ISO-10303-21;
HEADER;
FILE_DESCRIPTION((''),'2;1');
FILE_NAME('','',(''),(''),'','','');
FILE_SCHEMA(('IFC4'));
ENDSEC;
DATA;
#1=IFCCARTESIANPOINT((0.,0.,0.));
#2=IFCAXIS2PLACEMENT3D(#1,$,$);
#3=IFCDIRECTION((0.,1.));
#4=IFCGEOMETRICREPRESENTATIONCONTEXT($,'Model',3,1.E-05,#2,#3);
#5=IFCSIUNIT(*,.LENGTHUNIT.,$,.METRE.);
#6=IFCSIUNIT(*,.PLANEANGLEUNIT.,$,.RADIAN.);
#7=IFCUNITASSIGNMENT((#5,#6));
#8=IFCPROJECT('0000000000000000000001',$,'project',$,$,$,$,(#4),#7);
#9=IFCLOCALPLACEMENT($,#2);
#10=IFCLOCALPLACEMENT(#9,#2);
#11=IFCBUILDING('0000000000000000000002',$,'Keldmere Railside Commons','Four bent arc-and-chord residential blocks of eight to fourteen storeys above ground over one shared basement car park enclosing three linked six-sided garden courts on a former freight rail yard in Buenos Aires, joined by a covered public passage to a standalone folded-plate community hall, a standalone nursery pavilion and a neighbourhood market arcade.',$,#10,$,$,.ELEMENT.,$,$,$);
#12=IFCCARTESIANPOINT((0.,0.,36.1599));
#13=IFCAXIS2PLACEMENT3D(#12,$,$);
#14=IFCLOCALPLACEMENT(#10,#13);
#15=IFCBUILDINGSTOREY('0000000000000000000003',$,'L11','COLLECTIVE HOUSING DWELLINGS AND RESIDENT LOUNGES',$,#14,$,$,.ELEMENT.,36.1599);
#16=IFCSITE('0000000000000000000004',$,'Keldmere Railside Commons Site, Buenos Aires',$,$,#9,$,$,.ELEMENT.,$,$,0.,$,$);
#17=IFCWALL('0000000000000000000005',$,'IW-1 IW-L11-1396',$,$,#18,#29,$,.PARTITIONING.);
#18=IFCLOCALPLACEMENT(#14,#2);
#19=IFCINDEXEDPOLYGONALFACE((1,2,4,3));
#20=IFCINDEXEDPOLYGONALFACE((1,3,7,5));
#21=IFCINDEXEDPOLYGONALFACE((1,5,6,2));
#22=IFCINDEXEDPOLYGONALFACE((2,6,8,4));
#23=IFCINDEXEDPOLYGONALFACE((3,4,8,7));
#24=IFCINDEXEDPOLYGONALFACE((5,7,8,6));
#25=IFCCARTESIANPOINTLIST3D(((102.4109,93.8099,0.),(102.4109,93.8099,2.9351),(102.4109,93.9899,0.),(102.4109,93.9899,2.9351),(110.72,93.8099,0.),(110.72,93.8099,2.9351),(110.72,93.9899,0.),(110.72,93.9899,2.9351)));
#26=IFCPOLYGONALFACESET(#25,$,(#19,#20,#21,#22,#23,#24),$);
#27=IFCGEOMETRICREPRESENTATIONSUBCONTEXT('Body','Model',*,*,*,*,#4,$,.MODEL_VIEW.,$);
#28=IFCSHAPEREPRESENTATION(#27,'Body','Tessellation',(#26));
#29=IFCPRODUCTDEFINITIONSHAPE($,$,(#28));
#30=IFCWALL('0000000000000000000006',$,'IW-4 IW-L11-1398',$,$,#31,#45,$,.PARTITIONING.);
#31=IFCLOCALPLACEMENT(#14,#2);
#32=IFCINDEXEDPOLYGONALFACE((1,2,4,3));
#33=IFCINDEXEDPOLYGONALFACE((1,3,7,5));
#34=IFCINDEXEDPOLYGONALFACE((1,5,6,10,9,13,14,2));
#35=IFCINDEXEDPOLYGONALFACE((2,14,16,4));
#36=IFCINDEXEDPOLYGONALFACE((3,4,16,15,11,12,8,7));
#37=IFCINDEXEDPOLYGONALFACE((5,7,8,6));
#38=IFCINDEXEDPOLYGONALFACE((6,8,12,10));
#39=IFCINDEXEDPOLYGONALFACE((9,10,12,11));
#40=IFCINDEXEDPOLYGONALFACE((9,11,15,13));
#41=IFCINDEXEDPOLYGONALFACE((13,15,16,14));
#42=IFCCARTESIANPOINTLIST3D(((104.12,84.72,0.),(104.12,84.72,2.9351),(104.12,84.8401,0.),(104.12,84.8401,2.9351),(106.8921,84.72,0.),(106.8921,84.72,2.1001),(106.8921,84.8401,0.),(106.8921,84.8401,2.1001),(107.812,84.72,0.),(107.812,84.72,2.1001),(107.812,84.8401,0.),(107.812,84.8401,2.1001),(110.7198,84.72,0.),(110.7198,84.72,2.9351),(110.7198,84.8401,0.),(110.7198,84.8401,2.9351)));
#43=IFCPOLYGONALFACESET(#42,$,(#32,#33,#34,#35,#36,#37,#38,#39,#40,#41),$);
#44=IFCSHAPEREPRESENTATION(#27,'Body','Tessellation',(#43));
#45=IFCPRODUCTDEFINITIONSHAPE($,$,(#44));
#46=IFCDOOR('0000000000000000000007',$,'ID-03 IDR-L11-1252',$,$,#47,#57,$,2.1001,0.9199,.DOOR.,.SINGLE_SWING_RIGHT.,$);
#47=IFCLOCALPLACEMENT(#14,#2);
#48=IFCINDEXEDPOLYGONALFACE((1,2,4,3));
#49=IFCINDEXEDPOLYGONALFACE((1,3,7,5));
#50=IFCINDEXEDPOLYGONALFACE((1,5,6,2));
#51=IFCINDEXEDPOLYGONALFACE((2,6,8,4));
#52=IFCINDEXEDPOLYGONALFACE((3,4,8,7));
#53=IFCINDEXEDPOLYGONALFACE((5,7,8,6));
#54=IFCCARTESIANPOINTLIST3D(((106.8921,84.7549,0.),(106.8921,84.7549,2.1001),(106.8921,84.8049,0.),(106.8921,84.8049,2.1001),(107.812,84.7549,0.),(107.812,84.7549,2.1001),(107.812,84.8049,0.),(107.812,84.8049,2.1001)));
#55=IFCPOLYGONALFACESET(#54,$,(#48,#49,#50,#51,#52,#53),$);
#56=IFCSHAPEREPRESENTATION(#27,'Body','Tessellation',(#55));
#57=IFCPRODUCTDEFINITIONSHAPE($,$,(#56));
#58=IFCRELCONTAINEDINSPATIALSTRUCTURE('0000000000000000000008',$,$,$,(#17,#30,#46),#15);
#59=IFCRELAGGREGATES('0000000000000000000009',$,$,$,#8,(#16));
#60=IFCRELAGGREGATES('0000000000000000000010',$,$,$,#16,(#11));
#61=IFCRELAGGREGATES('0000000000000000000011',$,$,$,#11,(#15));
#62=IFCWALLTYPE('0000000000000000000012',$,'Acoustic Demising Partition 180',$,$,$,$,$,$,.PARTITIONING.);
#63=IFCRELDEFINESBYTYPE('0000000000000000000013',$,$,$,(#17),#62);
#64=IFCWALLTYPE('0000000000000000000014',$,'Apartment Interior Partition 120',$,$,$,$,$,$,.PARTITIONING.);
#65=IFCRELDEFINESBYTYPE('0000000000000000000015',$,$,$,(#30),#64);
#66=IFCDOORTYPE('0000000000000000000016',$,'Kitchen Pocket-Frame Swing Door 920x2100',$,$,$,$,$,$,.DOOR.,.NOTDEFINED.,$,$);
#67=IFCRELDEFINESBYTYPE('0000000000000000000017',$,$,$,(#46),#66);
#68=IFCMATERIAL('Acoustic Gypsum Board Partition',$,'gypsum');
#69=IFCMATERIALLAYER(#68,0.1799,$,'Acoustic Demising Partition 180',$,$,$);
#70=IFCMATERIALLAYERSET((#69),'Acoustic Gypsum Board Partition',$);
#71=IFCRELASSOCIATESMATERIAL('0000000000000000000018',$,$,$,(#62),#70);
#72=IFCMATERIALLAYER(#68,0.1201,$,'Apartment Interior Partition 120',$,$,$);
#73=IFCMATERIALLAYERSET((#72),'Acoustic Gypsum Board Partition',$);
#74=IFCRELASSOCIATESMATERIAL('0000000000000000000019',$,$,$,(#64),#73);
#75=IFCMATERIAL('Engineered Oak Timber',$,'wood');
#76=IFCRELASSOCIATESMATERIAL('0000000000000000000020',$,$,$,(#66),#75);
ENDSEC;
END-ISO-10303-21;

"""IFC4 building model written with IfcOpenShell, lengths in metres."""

from ifc_helpers import new_model, si_unit, direction, frame, frame_2d, origin, place, context, subcontext, project, spatial, rectangle, extrude, material, layer, layer_set, type_object, element, fill, save


model = new_model("IFC4")

# Units and contexts
model_context = context("Model", 3, precision=1e-05, world=origin(), true_north=direction((0.0, 1.0)))
body_context = subcontext(model_context, "Body", "Model", "MODEL_VIEW")
ifc_project = project(units=[si_unit("LENGTHUNIT", "METRE"), si_unit("PLANEANGLEUNIT", "RADIAN")], contexts=[model_context])

# Site, building, storey
site_placement = place(None, origin())
site = spatial("IfcSite", under=ifc_project, at=site_placement, Name="Keldmere Railside Commons Site, Buenos Aires", CompositionType="ELEMENT", RefElevation=0.0)
building_placement = place(site_placement, origin())
building = spatial("IfcBuilding", under=site, at=building_placement, Name="Keldmere Railside Commons", Description="Four bent arc-and-chord residential blocks of eight to fourteen storeys above ground over one shared basement car park enclosing three linked six-sided garden courts on a former freight rail yard in Buenos Aires, joined by a covered public passage to a standalone folded-plate community hall, a standalone nursery pavilion and a neighbourhood market arcade.", CompositionType="ELEMENT")
storey_placement = place(building_placement, frame((0.0, 0.0, 36.1599)))
storey = spatial("IfcBuildingStorey", under=building, at=storey_placement, Name="L11", Description="COLLECTIVE HOUSING DWELLINGS AND RESIDENT LOUNGES", CompositionType="ELEMENT", Elevation=36.1599)

# Wall
ifc_material_1 = material(Name="Acoustic Gypsum Board Partition", Category="gypsum")
ifc_layer_1 = layer(ifc_material_1, 0.1799, Name="Acoustic Demising Partition 180")
ifc_layer_set_1 = layer_set([ifc_layer_1], Name="Acoustic Gypsum Board Partition")
wall_type_1 = type_object("IfcWallType", Name="Acoustic Demising Partition 180", PredefinedType="PARTITIONING", material=ifc_layer_set_1)
wall_1_placement = place(storey_placement, frame((102.4109, 93.8999, 0.0), z_axis=(0.0, 0.0, 1.0), x_axis=(1.0, 0.0, 0.0)))
element("IfcWall", 1, at=wall_1_placement, inside=storey, type_object=wall_type_1, Name="IW-1 IW-L11-1396", PredefinedType="PARTITIONING", context=body_context, shape_type="SweptSolid", body=[
    extrude(rectangle(XDim=8.3091, YDim=0.1799, at=frame_2d((4.1545, 0.0))), origin(), (0.0, 0.0, 1.0), 2.9351),
])

# Wall, opening, door
ifc_layer_2 = layer(ifc_material_1, 0.1201, Name="Apartment Interior Partition 120")
ifc_layer_set_2 = layer_set([ifc_layer_2], Name="Acoustic Gypsum Board Partition")
wall_type_2 = type_object("IfcWallType", Name="Apartment Interior Partition 120", PredefinedType="PARTITIONING", material=ifc_layer_set_2)
wall_2_placement = place(storey_placement, frame((104.1201, 84.78, 0.0), z_axis=(0.0, 0.0, 1.0), x_axis=(1.0, 0.0, 0.0)))
wall_2 = element("IfcWall", 2, at=wall_2_placement, inside=storey, type_object=wall_type_2, Name="IW-4 IW-L11-1398", PredefinedType="PARTITIONING", context=body_context, shape_type="SweptSolid", body=[
    extrude(rectangle(XDim=6.5999, YDim=0.1201, at=frame_2d((3.2998, 0.0))), origin(), (0.0, 0.0, 1.0), 2.9351),
])
opening_placement = place(wall_2_placement, frame((2.772, 0.0, 0.0)))
opening = element("IfcOpeningElement", 3, at=opening_placement, cuts=wall_2, PredefinedType="OPENING", context=body_context, shape_type="SweptSolid", body=[
    extrude(rectangle(XDim=0.9199, YDim=2.1001, at=frame_2d((0.46, 1.05))), frame((0.0, 0.0701, 0.0), z_axis=(0.0, -1.0, 0.0), x_axis=(1.0, 0.0, 0.0)), (0.0, 0.0, 1.0), 0.1401),
])
ifc_material_2 = material(Name="Engineered Oak Timber", Category="wood")
door_type = type_object("IfcDoorType", Name="Kitchen Pocket-Frame Swing Door 920x2100", OperationType="NOTDEFINED", PredefinedType="DOOR", material=ifc_material_2)
door_placement = place(opening_placement, origin())
door = element("IfcDoor", 4, at=door_placement, inside=storey, type_object=door_type, Name="ID-03 IDR-L11-1252", OperationType="SINGLE_SWING_RIGHT", OverallHeight=2.1001, OverallWidth=0.9199, PredefinedType="DOOR", context=body_context, shape_type="SweptSolid", body=[
    extrude(rectangle(XDim=0.9199, YDim=2.1001, at=frame_2d((0.46, 1.05))), frame((0.0, 0.0249, 0.0), z_axis=(0.0, -1.0, 0.0), x_axis=(1.0, 0.0, 0.0)), (0.0, 0.0, 1.0), 0.05),
])
fill(opening, door)

save(model, "model.ifc")
